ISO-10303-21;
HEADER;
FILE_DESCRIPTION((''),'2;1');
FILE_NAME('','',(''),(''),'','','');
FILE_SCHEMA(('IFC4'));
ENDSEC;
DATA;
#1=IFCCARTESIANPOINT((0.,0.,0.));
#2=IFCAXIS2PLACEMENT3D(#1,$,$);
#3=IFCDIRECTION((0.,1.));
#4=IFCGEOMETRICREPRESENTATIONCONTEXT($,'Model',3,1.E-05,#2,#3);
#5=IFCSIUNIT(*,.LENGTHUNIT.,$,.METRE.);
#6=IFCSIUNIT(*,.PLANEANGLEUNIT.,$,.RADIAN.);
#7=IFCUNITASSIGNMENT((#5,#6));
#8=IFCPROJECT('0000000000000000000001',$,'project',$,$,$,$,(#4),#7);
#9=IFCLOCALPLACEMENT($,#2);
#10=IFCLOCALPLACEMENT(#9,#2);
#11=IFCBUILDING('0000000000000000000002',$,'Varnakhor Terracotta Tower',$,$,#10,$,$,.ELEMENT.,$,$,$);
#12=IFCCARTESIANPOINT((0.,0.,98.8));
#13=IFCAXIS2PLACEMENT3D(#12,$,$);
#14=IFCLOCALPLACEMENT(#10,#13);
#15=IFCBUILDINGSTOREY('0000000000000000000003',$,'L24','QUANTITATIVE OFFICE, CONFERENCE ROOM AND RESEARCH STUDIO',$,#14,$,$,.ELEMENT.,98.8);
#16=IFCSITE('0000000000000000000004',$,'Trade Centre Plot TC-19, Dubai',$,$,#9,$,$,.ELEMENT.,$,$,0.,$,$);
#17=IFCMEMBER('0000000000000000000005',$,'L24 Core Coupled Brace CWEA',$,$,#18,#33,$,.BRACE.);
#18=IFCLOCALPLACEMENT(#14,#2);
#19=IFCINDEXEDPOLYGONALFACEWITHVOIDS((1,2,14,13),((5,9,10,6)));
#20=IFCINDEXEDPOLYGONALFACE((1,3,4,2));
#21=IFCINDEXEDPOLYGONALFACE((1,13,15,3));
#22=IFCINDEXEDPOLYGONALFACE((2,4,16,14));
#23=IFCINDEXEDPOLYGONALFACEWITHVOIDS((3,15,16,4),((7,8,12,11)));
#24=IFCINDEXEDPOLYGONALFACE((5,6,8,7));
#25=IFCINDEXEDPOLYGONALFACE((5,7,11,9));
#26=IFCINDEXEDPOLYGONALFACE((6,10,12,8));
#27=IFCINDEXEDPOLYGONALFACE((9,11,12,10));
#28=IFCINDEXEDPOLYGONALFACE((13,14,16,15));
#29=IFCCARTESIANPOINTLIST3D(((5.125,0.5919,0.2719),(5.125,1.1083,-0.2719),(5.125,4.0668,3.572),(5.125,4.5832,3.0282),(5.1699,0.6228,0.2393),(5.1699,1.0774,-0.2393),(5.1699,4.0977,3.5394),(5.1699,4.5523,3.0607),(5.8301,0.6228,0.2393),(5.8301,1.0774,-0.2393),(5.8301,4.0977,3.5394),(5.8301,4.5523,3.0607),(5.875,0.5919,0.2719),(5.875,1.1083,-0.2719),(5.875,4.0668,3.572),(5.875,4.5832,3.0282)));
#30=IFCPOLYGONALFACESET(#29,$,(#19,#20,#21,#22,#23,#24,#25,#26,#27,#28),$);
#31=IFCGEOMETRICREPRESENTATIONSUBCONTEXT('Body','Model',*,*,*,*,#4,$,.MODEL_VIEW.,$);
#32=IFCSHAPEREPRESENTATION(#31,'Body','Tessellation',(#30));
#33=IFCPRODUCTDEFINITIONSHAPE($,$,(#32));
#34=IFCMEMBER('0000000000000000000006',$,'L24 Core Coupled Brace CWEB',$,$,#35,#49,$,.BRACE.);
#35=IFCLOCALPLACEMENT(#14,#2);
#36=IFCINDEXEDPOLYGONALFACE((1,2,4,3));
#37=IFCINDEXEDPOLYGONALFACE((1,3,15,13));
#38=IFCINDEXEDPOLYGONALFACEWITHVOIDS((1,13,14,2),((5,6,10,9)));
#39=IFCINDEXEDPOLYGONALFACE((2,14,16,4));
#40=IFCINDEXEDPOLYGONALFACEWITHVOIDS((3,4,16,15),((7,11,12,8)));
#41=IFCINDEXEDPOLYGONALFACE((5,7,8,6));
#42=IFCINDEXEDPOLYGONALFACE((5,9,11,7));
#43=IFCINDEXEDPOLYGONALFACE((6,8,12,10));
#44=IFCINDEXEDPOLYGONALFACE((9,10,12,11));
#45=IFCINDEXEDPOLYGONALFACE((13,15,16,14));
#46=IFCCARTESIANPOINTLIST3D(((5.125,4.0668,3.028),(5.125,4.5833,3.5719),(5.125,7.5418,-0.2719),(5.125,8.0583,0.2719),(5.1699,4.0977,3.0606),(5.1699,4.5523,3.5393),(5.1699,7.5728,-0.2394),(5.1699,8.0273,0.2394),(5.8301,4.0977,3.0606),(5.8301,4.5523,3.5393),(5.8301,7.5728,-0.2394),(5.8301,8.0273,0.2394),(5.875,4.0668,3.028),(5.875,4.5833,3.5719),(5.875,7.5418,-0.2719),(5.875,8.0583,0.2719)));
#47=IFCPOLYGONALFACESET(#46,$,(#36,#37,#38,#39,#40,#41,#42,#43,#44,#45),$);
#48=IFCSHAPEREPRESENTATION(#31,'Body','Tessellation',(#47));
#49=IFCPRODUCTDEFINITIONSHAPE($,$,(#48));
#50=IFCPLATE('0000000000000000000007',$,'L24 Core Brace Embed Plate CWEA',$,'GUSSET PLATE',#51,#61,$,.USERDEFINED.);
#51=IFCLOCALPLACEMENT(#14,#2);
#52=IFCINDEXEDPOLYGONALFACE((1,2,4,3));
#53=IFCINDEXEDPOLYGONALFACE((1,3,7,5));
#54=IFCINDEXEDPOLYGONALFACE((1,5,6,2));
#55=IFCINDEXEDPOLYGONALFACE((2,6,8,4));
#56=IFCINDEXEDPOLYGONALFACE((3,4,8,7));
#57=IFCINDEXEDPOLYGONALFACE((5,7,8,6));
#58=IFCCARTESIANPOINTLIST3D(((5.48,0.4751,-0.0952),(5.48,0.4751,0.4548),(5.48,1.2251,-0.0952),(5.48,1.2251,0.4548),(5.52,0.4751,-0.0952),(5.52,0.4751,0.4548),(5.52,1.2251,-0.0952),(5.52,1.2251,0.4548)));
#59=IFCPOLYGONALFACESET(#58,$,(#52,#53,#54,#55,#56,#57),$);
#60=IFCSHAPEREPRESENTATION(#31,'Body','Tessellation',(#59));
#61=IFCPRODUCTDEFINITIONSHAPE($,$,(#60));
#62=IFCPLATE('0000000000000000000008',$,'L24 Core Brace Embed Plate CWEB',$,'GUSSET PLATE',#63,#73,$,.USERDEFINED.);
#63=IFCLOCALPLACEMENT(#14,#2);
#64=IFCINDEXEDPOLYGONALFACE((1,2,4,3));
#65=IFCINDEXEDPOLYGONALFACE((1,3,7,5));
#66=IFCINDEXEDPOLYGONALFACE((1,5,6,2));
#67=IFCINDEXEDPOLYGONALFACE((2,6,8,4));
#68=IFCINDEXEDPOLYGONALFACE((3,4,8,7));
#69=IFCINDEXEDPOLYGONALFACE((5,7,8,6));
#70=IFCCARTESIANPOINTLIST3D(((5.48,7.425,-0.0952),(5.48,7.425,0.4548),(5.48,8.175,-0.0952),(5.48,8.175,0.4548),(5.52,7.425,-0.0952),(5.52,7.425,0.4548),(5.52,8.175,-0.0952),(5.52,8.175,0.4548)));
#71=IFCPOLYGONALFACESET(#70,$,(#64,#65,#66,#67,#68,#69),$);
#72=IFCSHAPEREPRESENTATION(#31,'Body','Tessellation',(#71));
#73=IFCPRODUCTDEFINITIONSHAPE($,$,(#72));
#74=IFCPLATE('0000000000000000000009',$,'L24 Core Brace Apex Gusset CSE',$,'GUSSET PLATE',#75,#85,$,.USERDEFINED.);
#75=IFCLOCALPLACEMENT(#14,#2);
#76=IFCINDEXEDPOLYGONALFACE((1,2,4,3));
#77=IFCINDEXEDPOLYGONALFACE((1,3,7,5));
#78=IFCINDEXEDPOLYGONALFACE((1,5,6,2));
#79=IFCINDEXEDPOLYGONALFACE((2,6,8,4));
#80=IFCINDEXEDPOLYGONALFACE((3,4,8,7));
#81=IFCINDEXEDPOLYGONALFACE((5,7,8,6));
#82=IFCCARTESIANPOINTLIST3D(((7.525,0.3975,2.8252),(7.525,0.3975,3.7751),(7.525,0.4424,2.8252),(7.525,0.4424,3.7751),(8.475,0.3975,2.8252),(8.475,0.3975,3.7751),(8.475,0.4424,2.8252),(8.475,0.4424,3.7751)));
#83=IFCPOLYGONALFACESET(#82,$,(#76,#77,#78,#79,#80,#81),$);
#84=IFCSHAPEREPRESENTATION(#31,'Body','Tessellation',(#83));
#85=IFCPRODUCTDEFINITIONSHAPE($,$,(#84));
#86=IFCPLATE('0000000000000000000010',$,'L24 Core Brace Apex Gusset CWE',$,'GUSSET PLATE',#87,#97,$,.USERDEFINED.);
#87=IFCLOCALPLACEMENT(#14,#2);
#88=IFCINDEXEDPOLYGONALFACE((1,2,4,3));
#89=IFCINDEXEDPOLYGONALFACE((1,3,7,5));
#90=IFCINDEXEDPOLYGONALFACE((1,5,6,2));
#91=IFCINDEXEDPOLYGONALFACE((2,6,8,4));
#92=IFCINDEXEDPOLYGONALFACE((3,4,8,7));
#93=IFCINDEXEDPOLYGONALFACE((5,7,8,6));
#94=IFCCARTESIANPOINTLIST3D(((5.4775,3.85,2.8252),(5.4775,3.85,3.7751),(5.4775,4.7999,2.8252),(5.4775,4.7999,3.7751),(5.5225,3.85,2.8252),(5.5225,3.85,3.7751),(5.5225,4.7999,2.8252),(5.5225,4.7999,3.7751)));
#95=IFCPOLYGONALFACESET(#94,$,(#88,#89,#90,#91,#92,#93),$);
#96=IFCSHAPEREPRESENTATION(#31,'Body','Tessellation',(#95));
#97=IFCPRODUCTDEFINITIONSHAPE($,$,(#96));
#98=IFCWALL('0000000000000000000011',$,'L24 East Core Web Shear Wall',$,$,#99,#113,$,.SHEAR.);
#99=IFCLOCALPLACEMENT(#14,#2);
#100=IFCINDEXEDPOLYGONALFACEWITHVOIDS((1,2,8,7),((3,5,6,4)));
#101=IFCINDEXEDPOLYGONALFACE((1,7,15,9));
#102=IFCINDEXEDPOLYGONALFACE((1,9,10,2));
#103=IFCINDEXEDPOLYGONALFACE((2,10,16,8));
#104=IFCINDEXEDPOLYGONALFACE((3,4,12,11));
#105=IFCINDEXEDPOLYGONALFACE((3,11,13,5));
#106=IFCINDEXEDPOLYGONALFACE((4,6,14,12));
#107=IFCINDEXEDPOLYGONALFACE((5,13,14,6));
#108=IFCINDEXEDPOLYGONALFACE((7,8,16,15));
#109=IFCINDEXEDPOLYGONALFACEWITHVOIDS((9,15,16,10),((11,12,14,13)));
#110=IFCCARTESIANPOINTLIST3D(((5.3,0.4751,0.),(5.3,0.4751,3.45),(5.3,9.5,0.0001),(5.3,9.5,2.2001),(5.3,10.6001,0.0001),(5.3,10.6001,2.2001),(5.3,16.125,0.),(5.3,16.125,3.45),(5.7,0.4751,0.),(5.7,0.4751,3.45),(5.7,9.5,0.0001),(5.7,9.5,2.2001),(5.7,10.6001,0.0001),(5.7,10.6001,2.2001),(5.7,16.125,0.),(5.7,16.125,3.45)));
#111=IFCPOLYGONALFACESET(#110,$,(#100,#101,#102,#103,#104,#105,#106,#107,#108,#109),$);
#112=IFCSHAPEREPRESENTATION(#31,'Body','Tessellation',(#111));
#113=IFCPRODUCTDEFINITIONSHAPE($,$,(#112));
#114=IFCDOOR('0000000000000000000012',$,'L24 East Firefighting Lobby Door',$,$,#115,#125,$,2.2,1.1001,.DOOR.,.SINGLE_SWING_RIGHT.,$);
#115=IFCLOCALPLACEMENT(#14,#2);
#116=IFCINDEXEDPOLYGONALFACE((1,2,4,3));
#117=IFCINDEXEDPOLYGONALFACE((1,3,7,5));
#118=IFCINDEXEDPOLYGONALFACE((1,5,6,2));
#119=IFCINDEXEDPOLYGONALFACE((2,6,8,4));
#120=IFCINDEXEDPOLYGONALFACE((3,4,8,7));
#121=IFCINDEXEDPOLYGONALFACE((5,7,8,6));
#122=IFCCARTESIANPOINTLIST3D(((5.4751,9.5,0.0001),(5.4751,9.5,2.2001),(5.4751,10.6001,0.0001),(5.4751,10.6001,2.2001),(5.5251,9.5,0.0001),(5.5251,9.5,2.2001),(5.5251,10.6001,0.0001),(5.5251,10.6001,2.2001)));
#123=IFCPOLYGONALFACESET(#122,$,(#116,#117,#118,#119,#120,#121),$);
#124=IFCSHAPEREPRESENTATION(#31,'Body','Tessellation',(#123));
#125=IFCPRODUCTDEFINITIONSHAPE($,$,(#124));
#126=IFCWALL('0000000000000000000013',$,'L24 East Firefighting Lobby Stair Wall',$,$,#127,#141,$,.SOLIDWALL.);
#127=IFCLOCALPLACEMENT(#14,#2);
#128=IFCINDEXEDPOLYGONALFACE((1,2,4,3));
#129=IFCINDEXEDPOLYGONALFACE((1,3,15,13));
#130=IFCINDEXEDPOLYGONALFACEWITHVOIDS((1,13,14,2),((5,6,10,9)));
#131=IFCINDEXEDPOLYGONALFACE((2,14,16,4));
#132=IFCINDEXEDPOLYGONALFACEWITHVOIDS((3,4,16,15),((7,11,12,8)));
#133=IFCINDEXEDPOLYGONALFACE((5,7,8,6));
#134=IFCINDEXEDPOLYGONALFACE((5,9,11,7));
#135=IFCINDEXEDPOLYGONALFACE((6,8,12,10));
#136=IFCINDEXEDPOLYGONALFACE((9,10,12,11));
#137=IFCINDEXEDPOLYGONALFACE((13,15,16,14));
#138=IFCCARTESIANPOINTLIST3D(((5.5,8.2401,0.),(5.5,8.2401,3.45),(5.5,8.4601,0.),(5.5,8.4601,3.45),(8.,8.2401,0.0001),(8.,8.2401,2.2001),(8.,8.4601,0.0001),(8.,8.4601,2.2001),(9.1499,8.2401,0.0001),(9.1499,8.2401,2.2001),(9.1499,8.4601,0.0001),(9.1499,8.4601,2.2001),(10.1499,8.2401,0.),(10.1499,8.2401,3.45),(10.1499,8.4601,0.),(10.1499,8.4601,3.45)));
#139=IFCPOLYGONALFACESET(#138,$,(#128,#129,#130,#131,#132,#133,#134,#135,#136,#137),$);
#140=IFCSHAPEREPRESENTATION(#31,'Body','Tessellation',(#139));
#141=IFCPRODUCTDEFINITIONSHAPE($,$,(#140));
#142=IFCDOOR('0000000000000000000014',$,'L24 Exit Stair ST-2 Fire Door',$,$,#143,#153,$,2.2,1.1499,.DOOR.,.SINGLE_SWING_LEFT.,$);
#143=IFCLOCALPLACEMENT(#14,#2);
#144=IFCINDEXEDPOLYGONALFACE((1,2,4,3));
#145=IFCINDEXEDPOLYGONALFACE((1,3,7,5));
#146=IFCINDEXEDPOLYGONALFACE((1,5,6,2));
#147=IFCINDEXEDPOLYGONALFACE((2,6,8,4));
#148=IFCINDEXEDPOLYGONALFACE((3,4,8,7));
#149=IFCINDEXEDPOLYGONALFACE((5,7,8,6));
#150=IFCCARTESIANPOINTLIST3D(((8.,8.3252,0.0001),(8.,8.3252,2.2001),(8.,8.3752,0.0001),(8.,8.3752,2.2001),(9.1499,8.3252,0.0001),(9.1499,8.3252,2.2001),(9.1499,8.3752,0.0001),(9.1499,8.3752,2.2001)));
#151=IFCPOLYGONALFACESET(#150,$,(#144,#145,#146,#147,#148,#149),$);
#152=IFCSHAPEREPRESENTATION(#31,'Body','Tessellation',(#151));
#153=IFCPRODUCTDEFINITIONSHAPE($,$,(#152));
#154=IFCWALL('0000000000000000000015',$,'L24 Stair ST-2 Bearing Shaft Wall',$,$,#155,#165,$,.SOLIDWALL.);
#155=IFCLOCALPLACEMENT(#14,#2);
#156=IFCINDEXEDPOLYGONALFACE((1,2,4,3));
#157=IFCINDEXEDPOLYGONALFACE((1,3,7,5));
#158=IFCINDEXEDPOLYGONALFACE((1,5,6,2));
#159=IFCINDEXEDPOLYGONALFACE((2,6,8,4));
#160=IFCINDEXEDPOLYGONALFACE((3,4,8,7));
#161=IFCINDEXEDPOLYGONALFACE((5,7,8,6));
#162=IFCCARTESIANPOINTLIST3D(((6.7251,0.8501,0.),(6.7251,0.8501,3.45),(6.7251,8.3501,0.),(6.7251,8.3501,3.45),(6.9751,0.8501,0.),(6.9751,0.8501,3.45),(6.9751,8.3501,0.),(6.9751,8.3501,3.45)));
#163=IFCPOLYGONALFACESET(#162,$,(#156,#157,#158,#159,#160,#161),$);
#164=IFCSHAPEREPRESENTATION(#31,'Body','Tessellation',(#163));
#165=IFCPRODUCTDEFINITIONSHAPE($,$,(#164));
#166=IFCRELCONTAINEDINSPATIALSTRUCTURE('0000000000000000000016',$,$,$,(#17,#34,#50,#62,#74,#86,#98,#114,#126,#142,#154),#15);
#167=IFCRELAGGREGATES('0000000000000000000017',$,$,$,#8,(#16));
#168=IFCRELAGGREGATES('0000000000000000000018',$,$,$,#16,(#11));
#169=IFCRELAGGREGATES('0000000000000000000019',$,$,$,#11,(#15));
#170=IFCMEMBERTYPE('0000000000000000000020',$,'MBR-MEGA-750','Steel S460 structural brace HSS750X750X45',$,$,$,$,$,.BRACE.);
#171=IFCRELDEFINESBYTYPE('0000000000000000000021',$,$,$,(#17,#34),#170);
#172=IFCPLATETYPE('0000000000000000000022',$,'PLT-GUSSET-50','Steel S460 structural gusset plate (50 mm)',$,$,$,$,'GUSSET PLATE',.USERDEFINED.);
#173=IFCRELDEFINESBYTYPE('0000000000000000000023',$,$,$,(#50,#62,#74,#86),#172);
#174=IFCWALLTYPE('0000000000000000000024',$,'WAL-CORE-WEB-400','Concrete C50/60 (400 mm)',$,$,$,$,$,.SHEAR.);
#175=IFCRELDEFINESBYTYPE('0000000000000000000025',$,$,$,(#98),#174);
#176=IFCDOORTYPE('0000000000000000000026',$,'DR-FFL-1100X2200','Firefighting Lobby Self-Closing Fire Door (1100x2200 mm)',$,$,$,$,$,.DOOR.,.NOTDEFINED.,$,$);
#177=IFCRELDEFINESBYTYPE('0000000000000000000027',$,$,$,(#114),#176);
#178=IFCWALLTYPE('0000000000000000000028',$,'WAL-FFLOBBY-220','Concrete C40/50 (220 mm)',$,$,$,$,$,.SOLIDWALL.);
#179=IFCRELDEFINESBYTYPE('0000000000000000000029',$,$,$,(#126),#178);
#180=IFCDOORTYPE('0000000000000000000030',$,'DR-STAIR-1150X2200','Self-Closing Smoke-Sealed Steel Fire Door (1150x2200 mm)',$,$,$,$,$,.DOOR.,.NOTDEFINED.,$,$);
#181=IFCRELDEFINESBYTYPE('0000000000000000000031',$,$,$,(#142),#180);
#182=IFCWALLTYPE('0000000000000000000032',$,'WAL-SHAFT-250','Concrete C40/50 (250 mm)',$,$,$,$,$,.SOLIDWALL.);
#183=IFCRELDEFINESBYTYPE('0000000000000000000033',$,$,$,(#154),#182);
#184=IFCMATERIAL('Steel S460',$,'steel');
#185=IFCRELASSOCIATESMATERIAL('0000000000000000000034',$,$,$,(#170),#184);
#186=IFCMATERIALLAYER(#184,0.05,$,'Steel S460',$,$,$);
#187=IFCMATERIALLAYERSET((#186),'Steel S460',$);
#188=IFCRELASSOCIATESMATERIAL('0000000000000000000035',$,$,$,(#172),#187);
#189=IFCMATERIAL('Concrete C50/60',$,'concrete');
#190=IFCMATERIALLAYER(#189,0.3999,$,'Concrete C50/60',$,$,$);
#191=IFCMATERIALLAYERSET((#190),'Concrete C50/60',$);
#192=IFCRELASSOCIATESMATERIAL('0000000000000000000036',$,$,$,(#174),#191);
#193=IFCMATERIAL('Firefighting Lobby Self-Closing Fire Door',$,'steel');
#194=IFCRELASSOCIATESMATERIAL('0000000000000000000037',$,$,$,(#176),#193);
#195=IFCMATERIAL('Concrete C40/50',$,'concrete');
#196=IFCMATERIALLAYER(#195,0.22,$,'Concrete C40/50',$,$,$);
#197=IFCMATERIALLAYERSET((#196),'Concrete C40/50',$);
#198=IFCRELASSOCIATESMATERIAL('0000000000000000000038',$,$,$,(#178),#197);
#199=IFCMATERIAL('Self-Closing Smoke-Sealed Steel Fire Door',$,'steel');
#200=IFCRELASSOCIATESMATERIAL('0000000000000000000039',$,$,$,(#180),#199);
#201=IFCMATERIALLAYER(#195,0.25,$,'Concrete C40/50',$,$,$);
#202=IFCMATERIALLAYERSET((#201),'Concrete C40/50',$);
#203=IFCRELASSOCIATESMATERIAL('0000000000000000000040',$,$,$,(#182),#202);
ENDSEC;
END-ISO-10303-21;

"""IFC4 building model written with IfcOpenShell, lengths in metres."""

from ifc_helpers import new_model, si_unit, direction, frame, frame_2d, origin, origin_2d, place, context, subcontext, project, spatial, rectangle, hollow_rectangle, extrude, source, transform, mapped, material, layer, layer_set, material_profile, profile_set, type_object, type_shapes, element, fill, save


model = new_model("IFC4")

# Units and contexts
model_context = context("Model", 3, precision=1e-05, world=origin(), true_north=direction((0.0, 1.0)))
body_context = subcontext(model_context, "Body", "Model", "MODEL_VIEW")
ifc_project = project(units=[si_unit("LENGTHUNIT", "METRE"), si_unit("PLANEANGLEUNIT", "RADIAN")], contexts=[model_context])

# Site, building, storey
site_placement = place(None, origin())
site = spatial("IfcSite", under=ifc_project, at=site_placement, Name="Trade Centre Plot TC-19, Dubai", CompositionType="ELEMENT", RefElevation=0.0)
building_placement = place(site_placement, origin())
building = spatial("IfcBuilding", under=site, at=building_placement, Name="Varnakhor Terracotta Tower", CompositionType="ELEMENT")
storey_placement = place(building_placement, frame((0.0, 0.0, 98.8)))
storey = spatial("IfcBuildingStorey", under=building, at=storey_placement, Name="L24", Description="QUANTITATIVE OFFICE, CONFERENCE ROOM AND RESEARCH STUDIO", CompositionType="ELEMENT", Elevation=98.8)

# Members
ifc_material_1 = material(Name="Steel S460", Category="steel")
ifc_material_profile = material_profile(ifc_material_1, hollow_rectangle(XDim=0.75, YDim=0.75, WallThickness=0.0449, at=origin_2d()), Name="HSS750X750X45")
ifc_profile_set = profile_set([ifc_material_profile], Name="Steel S460")
member_type = type_object("IfcMemberType", Name="MBR-MEGA-750", Description="Steel S460 structural brace HSS750X750X45", PredefinedType="BRACE", material=ifc_profile_set)
shared_shape_1 = source(origin(), body_context, "Body", "SweptSolid", [
    extrude(hollow_rectangle(XDim=0.75, YDim=0.75, WallThickness=0.0449, at=origin_2d()), origin(), (0.0, 0.0, 1.0), 4.7922),
])
for number, where, z_axis, x_axis, name in (
    (1, (5.5, 0.8501, 0.0), (0.0, 0.72511, 0.688633), (-1.0, 0.0, 0.0), "L24 Core Coupled Brace CWEA"),
    (2, (5.5, 7.8, 0.0), (0.0, -0.725134, 0.688608), (1.0, 0.0, 0.0), "L24 Core Coupled Brace CWEB"),
):
    element("IfcMember", number, at=place(storey_placement, frame(where, z_axis=z_axis, x_axis=x_axis)), inside=storey, type_object=member_type, Name=name, PredefinedType="BRACE", context=body_context, shape_type="MappedRepresentation", body=[
        mapped(shared_shape_1, transform((0.0, 0.0, 0.0), scale=1.0)),
    ])

# Plates
ifc_layer_1 = layer(ifc_material_1, 0.05, Name="Steel S460")
ifc_layer_set_1 = layer_set([ifc_layer_1], Name="Steel S460")
plate_type = type_object("IfcPlateType", Name="PLT-GUSSET-50", Description="Steel S460 structural gusset plate (50 mm)", ElementType="GUSSET PLATE", PredefinedType="USERDEFINED", material=ifc_layer_set_1)
shared_shape_2 = source(origin(), body_context, "Body", "SweptSolid", [
    extrude(rectangle(XDim=0.75, YDim=0.04, at=origin_2d()), origin(), (0.0, 0.0, 1.0), 0.55),
])
type_shapes(plate_type, [shared_shape_2])
for number, where, z_axis, x_axis, name in (
    (3, (5.5, 0.8501, -0.0952), (0.0, 0.0, 1.0), (0.0, 1.0, 0.0), "L24 Core Brace Embed Plate CWEA"),
    (4, (5.5, 7.8, -0.0952), (0.0, 0.0, 1.0), (0.0, 1.0, 0.0), "L24 Core Brace Embed Plate CWEB"),
):
    element("IfcPlate", number, at=place(storey_placement, frame(where, z_axis=z_axis, x_axis=x_axis)), inside=storey, type_object=plate_type, Name=name, ObjectType="GUSSET PLATE", PredefinedType="USERDEFINED", context=body_context, shape_type="MappedRepresentation", body=[
        mapped(shared_shape_2, transform((0.0, 0.0, 0.0), scale=1.0)),
    ])
shared_shape_3 = source(origin(), body_context, "Body", "SweptSolid", [
    extrude(rectangle(XDim=0.95, YDim=0.0449, at=origin_2d()), origin(), (0.0, 0.0, 1.0), 0.95),
])
for number, where, z_axis, x_axis, name in (
    (5, (8.0, 0.4199, 2.8252), (0.0, 0.0, 1.0), (1.0, 0.0, 0.0), "L24 Core Brace Apex Gusset CSE"),
    (6, (5.5, 4.325, 2.8252), (0.0, 0.0, 1.0), (0.0, 1.0, 0.0), "L24 Core Brace Apex Gusset CWE"),
):
    element("IfcPlate", number, at=place(storey_placement, frame(where, z_axis=z_axis, x_axis=x_axis)), inside=storey, type_object=plate_type, Name=name, ObjectType="GUSSET PLATE", PredefinedType="USERDEFINED", context=body_context, shape_type="MappedRepresentation", body=[
        mapped(shared_shape_3, transform((0.0, 0.0, 0.0), scale=1.0)),
    ])

# Walls, openings, doors
ifc_material_2 = material(Name="Concrete C50/60", Category="concrete")
ifc_layer_2 = layer(ifc_material_2, 0.3999, Name="Concrete C50/60")
ifc_layer_set_2 = layer_set([ifc_layer_2], Name="Concrete C50/60")
wall_type_1 = type_object("IfcWallType", Name="WAL-CORE-WEB-400", Description="Concrete C50/60 (400 mm)", PredefinedType="SHEAR", material=ifc_layer_set_2)
wall_1_placement = place(storey_placement, frame((5.5, 0.4751, 0.0), z_axis=(0.0, 0.0, 1.0), x_axis=(0.0, 1.0, 0.0)))
wall_1 = element("IfcWall", 7, at=wall_1_placement, inside=storey, type_object=wall_type_1, Name="L24 East Core Web Shear Wall", PredefinedType="SHEAR", context=body_context, shape_type="SweptSolid", body=[
    extrude(rectangle(XDim=15.6499, YDim=0.3999, at=frame_2d((7.825, 0.0))), origin(), (0.0, 0.0, 1.0), 3.45),
])
opening_1_placement = place(wall_1_placement, frame((9.0249, 0.0, 0.0)))
opening_1 = element("IfcOpeningElement", 8, at=opening_1_placement, cuts=wall_1, PredefinedType="OPENING", context=body_context, shape_type="SweptSolid", body=[
    extrude(rectangle(XDim=1.1001, YDim=2.2, at=frame_2d((0.55, 1.1001))), frame((0.0, 0.21, 0.0), z_axis=(0.0, -1.0, 0.0), x_axis=(1.0, 0.0, 0.0)), (0.0, 0.0, 1.0), 0.4199),
])
ifc_material_3 = material(Name="Firefighting Lobby Self-Closing Fire Door", Category="steel")
door_type_1 = type_object("IfcDoorType", Name="DR-FFL-1100X2200", Description="Firefighting Lobby Self-Closing Fire Door (1100x2200 mm)", OperationType="NOTDEFINED", PredefinedType="DOOR", material=ifc_material_3)
shared_shape_4 = source(origin(), body_context, "Body", "SweptSolid", [
    extrude(rectangle(XDim=1.1001, YDim=2.2, at=frame_2d((0.55, 1.1001))), frame((0.0, 0.0249, 0.0), z_axis=(0.0, -1.0, 0.0), x_axis=(1.0, 0.0, 0.0)), (0.0, 0.0, 1.0), 0.05),
])
type_shapes(door_type_1, [shared_shape_4])
door_1_placement = place(opening_1_placement, origin())
door_1 = element("IfcDoor", 9, at=door_1_placement, inside=storey, type_object=door_type_1, Name="L24 East Firefighting Lobby Door", OperationType="SINGLE_SWING_RIGHT", OverallHeight=2.2, OverallWidth=1.1001, PredefinedType="DOOR", context=body_context, shape_type="MappedRepresentation", body=[
    mapped(shared_shape_4, transform((0.0, 0.0, 0.0), scale=1.0)),
])
fill(opening_1, door_1)
ifc_material_4 = material(Name="Concrete C40/50", Category="concrete")
ifc_layer_3 = layer(ifc_material_4, 0.22, Name="Concrete C40/50")
ifc_layer_set_3 = layer_set([ifc_layer_3], Name="Concrete C40/50")
wall_type_2 = type_object("IfcWallType", Name="WAL-FFLOBBY-220", Description="Concrete C40/50 (220 mm)", PredefinedType="SOLIDWALL", material=ifc_layer_set_3)
wall_2_placement = place(storey_placement, frame((10.1499, 8.3501, 0.0), z_axis=(0.0, 0.0, 1.0), x_axis=(-1.0, 0.0, 0.0)))
wall_2 = element("IfcWall", 10, at=wall_2_placement, inside=storey, type_object=wall_type_2, Name="L24 East Firefighting Lobby Stair Wall", PredefinedType="SOLIDWALL", context=body_context, shape_type="SweptSolid", body=[
    extrude(rectangle(XDim=4.6499, YDim=0.22, at=frame_2d((2.325, 0.0))), origin(), (0.0, 0.0, 1.0), 3.45),
])
opening_2_placement = place(wall_2_placement, frame((1.0, 0.0, 0.0)))
opening_2 = element("IfcOpeningElement", 11, at=opening_2_placement, cuts=wall_2, PredefinedType="OPENING", context=body_context, shape_type="SweptSolid", body=[
    extrude(rectangle(XDim=1.1499, YDim=2.2, at=frame_2d((0.575, 1.1001))), frame((0.0, 0.1201, 0.0), z_axis=(0.0, -1.0, 0.0), x_axis=(1.0, 0.0, 0.0)), (0.0, 0.0, 1.0), 0.24),
])
ifc_material_5 = material(Name="Self-Closing Smoke-Sealed Steel Fire Door", Category="steel")
door_type_2 = type_object("IfcDoorType", Name="DR-STAIR-1150X2200", Description="Self-Closing Smoke-Sealed Steel Fire Door (1150x2200 mm)", OperationType="NOTDEFINED", PredefinedType="DOOR", material=ifc_material_5)
shared_shape_5 = source(origin(), body_context, "Body", "SweptSolid", [
    extrude(rectangle(XDim=1.1499, YDim=2.2, at=frame_2d((0.575, 1.1001))), frame((0.0, 0.0249, 0.0), z_axis=(0.0, -1.0, 0.0), x_axis=(1.0, 0.0, 0.0)), (0.0, 0.0, 1.0), 0.05),
])
type_shapes(door_type_2, [shared_shape_5])
door_2_placement = place(opening_2_placement, origin())
door_2 = element("IfcDoor", 12, at=door_2_placement, inside=storey, type_object=door_type_2, Name="L24 Exit Stair ST-2 Fire Door", OperationType="SINGLE_SWING_LEFT", OverallHeight=2.2, OverallWidth=1.1499, PredefinedType="DOOR", context=body_context, shape_type="MappedRepresentation", body=[
    mapped(shared_shape_5, transform((0.0, 0.0, 0.0), scale=1.0)),
])
fill(opening_2, door_2)

# Wall
ifc_layer_4 = layer(ifc_material_4, 0.25, Name="Concrete C40/50")
ifc_layer_set_4 = layer_set([ifc_layer_4], Name="Concrete C40/50")
wall_type_3 = type_object("IfcWallType", Name="WAL-SHAFT-250", Description="Concrete C40/50 (250 mm)", PredefinedType="SOLIDWALL", material=ifc_layer_set_4)
wall_3_placement = place(storey_placement, frame((6.8501, 0.8501, 0.0), z_axis=(0.0, 0.0, 1.0), x_axis=(0.0, 1.0, 0.0)))
element("IfcWall", 13, at=wall_3_placement, inside=storey, type_object=wall_type_3, Name="L24 Stair ST-2 Bearing Shaft Wall", PredefinedType="SOLIDWALL", context=body_context, shape_type="SweptSolid", body=[
    extrude(rectangle(XDim=7.5, YDim=0.25, at=frame_2d((3.75, 0.0))), origin(), (0.0, 0.0, 1.0), 3.45),
])

save(model, "model.ifc")
